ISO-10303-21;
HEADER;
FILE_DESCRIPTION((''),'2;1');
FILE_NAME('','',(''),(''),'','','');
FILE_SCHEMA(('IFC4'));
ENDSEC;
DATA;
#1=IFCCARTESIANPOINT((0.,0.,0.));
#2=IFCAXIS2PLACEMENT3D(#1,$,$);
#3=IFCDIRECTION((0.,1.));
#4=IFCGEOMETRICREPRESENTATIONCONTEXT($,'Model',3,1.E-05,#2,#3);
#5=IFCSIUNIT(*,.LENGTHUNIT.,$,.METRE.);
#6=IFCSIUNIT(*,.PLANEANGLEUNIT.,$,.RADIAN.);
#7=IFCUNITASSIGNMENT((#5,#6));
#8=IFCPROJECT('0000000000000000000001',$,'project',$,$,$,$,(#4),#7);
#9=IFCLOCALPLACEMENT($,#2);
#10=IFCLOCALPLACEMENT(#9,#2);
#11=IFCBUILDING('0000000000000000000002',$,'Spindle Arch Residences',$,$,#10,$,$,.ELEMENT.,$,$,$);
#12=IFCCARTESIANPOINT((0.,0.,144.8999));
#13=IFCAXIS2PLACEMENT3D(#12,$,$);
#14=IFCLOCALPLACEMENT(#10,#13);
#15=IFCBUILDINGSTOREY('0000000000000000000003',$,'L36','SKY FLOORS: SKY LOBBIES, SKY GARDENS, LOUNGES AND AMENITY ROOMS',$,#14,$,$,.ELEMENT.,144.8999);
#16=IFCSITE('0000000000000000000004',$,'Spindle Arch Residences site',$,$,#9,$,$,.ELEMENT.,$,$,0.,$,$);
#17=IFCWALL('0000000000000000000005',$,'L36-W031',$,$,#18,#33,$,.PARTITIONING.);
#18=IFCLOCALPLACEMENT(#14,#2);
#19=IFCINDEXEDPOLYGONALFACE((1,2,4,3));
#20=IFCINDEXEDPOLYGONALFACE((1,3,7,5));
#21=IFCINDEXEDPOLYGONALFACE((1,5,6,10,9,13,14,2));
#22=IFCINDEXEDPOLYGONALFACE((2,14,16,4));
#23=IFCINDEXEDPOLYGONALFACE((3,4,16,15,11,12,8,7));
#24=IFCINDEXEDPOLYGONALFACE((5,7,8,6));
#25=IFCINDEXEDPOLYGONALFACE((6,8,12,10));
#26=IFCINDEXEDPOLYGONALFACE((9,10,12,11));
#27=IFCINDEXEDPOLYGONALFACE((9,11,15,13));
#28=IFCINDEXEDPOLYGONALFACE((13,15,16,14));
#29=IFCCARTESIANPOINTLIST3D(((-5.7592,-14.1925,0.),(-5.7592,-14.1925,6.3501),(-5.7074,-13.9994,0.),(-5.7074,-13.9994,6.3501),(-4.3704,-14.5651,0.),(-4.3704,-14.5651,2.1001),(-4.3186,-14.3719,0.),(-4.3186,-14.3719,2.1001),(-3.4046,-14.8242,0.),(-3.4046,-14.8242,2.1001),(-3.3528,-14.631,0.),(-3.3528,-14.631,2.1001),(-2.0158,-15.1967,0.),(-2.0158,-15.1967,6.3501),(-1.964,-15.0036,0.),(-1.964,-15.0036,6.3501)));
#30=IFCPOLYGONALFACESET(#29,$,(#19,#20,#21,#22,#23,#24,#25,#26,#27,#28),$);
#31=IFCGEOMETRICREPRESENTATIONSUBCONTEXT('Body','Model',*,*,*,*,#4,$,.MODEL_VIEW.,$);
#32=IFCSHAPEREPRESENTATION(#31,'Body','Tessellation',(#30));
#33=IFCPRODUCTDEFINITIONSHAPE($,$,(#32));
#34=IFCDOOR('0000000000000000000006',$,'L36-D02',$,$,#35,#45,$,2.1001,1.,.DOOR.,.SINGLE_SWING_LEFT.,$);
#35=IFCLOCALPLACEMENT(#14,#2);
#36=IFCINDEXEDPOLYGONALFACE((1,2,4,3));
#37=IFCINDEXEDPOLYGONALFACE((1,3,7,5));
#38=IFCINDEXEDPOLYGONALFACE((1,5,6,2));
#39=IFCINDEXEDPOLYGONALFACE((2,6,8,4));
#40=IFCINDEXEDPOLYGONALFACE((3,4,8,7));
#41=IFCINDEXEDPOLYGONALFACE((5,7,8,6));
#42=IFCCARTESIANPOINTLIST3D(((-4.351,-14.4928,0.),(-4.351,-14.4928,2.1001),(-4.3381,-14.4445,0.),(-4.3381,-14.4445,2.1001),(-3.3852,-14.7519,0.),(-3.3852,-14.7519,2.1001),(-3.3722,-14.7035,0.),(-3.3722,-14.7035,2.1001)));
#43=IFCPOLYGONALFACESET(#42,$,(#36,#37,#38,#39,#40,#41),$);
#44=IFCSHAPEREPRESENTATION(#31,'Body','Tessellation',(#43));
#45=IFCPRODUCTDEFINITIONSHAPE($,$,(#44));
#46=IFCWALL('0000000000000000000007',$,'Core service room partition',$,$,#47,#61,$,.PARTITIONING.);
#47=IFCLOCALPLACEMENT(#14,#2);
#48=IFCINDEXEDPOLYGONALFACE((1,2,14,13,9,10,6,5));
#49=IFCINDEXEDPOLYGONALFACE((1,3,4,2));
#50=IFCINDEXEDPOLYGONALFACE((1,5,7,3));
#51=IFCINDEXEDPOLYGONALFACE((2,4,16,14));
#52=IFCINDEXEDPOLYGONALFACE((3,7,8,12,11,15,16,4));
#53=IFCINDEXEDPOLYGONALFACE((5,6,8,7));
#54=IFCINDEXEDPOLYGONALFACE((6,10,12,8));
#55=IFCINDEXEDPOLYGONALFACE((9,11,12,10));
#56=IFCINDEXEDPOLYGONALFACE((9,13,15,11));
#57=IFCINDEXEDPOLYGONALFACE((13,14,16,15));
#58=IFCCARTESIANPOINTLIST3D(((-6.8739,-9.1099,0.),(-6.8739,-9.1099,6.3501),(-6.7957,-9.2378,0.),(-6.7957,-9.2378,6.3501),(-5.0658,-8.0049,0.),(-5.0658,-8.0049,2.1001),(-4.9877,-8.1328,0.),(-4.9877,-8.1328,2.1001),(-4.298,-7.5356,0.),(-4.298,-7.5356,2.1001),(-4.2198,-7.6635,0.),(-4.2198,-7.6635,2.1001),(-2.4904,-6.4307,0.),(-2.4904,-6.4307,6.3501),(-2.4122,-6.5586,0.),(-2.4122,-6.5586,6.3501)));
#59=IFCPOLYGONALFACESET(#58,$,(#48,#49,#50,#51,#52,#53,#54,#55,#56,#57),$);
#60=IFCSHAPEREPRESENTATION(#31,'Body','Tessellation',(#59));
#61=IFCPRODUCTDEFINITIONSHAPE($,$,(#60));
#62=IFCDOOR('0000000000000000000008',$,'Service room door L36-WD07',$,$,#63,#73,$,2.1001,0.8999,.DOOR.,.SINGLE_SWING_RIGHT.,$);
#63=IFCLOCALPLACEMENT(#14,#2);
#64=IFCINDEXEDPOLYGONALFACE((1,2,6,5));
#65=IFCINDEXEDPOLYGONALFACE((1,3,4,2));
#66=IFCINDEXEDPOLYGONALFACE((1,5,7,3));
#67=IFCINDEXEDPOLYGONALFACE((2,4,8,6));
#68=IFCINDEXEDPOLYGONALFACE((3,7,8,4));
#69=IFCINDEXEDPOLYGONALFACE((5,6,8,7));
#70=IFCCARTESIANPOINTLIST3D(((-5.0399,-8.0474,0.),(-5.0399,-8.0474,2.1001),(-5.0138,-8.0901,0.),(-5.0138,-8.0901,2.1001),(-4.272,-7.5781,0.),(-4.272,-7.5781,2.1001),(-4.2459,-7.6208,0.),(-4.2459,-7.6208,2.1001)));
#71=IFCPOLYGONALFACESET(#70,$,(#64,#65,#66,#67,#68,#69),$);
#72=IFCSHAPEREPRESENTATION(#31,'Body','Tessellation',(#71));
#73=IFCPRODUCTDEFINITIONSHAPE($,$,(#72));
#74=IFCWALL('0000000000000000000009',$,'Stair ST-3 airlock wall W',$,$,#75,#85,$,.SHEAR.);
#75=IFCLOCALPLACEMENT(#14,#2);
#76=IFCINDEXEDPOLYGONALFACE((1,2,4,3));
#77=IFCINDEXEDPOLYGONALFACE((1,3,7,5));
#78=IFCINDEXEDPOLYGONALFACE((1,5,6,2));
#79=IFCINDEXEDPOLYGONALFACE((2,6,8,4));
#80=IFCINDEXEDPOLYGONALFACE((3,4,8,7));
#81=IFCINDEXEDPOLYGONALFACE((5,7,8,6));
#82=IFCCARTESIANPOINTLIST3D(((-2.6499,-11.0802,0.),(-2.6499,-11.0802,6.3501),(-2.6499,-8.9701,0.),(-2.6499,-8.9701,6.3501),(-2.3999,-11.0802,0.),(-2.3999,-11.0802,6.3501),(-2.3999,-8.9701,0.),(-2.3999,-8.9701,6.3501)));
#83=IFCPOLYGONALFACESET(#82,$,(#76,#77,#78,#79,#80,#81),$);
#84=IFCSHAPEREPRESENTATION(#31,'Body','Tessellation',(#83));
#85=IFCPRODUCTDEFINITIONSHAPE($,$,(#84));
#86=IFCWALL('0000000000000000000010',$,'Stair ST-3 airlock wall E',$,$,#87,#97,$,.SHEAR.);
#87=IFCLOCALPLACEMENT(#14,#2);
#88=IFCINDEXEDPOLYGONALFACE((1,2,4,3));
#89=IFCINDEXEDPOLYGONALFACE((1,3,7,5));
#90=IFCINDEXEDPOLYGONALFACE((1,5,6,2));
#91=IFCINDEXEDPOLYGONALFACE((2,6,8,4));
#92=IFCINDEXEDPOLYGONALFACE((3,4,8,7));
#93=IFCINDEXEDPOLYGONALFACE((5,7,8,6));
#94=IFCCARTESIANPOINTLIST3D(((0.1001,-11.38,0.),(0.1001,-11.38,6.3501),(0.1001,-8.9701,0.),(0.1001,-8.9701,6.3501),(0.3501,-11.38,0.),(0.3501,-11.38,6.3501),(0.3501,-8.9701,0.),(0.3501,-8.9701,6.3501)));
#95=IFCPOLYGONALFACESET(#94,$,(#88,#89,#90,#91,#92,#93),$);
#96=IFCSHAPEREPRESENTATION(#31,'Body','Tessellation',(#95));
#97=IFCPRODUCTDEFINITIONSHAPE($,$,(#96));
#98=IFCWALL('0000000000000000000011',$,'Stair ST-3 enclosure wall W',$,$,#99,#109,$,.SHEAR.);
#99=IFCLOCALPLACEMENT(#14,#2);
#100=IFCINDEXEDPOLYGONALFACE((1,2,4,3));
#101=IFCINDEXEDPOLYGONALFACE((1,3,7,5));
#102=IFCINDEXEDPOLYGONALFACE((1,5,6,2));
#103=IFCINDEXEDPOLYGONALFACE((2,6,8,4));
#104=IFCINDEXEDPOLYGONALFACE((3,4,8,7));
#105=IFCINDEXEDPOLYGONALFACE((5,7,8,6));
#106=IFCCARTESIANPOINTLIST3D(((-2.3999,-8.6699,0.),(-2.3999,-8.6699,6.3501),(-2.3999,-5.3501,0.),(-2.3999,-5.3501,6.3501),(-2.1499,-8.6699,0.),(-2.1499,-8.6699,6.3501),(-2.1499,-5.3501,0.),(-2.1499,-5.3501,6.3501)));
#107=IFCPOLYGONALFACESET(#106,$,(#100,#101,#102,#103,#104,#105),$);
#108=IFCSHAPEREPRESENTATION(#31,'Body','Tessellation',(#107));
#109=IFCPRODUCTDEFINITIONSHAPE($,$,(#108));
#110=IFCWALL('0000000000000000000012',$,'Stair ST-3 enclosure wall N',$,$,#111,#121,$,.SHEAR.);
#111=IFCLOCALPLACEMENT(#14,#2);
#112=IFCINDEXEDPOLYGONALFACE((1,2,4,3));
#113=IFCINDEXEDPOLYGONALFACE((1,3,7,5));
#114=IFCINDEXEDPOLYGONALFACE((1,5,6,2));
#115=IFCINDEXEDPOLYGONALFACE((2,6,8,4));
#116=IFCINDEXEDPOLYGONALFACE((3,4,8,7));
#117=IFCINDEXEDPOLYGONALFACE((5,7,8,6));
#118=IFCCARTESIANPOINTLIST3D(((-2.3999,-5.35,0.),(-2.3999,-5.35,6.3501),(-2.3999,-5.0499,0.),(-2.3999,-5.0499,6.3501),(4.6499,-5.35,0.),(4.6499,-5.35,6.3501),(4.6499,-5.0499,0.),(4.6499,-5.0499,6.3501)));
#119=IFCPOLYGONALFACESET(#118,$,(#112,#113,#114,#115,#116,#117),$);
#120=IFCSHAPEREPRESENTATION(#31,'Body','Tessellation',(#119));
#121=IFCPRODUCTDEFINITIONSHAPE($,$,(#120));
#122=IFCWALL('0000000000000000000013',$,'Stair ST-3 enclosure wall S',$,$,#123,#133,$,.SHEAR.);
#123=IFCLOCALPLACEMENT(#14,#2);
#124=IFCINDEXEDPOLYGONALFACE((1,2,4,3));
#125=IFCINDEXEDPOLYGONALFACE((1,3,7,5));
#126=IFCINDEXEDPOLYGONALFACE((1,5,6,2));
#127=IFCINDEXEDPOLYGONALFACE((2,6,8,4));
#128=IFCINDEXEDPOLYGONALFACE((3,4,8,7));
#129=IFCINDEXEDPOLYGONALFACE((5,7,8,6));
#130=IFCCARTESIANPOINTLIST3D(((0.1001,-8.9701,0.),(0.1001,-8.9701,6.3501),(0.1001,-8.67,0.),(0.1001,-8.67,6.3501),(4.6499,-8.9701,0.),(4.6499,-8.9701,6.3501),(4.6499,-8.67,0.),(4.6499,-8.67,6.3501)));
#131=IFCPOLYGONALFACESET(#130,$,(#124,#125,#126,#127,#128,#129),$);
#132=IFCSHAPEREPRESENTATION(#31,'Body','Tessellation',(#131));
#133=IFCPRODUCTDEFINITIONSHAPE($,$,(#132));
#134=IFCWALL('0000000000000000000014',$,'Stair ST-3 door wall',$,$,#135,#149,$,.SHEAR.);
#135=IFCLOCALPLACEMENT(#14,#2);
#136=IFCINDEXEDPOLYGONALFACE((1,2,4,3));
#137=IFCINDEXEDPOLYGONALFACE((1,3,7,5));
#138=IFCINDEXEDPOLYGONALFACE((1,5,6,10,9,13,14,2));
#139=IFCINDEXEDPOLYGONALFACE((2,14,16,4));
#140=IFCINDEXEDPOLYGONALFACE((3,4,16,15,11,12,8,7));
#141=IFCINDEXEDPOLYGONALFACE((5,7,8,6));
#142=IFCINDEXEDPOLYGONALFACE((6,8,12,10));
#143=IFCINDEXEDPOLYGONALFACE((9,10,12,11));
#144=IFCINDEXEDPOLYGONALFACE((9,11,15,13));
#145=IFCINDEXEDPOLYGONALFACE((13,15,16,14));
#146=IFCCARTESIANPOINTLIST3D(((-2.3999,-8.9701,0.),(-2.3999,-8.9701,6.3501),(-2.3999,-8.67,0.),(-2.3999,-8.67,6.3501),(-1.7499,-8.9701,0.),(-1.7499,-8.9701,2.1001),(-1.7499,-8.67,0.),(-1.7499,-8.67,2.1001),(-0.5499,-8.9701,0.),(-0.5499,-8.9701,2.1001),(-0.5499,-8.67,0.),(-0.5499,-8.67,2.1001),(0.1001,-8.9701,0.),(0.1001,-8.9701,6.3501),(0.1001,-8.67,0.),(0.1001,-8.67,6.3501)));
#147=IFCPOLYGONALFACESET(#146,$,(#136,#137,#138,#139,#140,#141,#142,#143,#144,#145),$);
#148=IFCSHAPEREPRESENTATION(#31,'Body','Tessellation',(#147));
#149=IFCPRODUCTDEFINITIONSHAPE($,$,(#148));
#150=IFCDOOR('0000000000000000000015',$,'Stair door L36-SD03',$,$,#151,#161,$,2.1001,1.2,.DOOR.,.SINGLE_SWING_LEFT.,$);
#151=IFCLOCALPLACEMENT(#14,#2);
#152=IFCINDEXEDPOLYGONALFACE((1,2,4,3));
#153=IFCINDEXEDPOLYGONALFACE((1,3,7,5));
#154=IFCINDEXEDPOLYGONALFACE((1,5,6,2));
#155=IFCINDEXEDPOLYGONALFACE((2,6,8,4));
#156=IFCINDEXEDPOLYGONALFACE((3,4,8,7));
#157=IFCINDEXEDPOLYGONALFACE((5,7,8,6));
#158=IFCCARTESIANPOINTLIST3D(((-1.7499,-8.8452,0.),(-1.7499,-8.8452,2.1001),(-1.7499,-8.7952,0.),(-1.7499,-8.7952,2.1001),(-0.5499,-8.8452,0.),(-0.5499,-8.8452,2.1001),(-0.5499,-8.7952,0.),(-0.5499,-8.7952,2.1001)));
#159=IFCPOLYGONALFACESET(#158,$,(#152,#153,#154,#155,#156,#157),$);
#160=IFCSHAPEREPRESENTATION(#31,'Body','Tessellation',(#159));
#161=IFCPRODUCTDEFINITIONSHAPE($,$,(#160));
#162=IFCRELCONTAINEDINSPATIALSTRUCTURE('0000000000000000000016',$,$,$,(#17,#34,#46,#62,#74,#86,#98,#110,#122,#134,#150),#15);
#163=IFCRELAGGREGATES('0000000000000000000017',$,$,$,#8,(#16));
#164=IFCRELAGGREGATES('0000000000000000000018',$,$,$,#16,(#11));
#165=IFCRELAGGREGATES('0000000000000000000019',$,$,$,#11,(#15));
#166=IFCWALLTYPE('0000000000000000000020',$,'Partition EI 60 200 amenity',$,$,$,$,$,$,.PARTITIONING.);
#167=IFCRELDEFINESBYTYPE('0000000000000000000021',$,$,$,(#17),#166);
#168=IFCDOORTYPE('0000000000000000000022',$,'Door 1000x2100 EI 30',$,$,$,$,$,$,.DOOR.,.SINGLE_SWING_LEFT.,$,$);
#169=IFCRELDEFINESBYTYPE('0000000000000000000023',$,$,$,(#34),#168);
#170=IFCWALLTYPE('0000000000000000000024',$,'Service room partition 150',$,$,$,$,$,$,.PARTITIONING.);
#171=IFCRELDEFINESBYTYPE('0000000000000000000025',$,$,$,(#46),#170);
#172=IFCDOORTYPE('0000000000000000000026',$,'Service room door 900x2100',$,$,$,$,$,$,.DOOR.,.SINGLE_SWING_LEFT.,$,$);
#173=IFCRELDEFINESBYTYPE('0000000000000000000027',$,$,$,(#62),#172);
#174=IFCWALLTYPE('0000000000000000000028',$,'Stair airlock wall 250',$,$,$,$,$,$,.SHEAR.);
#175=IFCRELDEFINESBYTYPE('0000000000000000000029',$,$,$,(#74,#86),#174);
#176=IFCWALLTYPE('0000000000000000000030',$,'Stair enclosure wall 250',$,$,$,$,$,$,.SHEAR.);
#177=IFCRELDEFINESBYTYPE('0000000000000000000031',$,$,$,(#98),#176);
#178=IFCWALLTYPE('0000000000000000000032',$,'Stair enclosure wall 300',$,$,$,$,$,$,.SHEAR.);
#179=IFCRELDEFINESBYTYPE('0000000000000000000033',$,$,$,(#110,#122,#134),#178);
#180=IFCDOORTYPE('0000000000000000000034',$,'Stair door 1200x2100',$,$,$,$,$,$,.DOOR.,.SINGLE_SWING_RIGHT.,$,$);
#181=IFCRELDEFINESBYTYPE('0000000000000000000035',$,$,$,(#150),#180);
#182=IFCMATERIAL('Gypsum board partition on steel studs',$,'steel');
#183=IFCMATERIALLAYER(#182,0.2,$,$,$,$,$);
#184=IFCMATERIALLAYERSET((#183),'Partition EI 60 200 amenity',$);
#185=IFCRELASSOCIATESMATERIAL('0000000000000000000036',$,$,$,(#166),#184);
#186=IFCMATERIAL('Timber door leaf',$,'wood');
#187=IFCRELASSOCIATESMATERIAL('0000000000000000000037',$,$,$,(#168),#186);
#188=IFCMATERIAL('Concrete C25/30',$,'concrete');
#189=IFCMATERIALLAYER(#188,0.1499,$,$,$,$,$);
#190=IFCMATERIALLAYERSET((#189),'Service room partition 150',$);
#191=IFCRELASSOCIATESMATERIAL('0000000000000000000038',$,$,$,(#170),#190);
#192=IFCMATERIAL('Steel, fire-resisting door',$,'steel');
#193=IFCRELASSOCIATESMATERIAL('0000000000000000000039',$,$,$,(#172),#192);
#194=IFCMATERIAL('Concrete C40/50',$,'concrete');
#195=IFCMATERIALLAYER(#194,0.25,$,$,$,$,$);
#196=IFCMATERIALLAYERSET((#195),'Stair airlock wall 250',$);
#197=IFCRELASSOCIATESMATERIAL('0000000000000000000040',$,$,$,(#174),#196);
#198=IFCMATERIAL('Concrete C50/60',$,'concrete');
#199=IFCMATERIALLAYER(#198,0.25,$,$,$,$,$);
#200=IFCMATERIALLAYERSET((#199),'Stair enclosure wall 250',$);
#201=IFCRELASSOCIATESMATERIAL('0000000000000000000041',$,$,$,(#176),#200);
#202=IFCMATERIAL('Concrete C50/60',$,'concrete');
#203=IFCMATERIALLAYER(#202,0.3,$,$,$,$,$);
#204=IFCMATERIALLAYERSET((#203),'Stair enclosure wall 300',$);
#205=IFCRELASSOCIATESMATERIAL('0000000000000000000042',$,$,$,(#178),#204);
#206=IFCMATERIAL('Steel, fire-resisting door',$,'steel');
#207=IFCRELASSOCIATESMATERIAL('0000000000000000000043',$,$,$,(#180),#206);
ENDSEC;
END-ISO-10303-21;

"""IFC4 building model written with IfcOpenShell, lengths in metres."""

from ifc_helpers import new_model, si_unit, direction, frame, frame_2d, origin, place, context, subcontext, project, spatial, rectangle, extrude, material, layer, layer_set, type_object, element, fill, save


model = new_model("IFC4")

# Units and contexts
model_context = context("Model", 3, precision=1e-05, world=origin(), true_north=direction((0.0, 1.0)))
body_context = subcontext(model_context, "Body", "Model", "MODEL_VIEW")
ifc_project = project(units=[si_unit("LENGTHUNIT", "METRE"), si_unit("PLANEANGLEUNIT", "RADIAN")], contexts=[model_context])

# Site, building, storey
site_placement = place(None, origin())
site = spatial("IfcSite", under=ifc_project, at=site_placement, Name="Spindle Arch Residences site", CompositionType="ELEMENT", RefElevation=0.0)
building_placement = place(site_placement, origin())
building = spatial("IfcBuilding", under=site, at=building_placement, Name="Spindle Arch Residences", CompositionType="ELEMENT")
storey_placement = place(building_placement, frame((0.0, 0.0, 144.8999)))
storey = spatial("IfcBuildingStorey", under=building, at=storey_placement, Name="L36", Description="SKY FLOORS: SKY LOBBIES, SKY GARDENS, LOUNGES AND AMENITY ROOMS", CompositionType="ELEMENT", Elevation=144.8999)

# Shared definitions
ifc_material_1 = material(Name="Gypsum board partition on steel studs", Category="steel")
ifc_layer_1 = layer(ifc_material_1, 0.2)
ifc_layer_set_1 = layer_set([ifc_layer_1], Name="Partition EI 60 200 amenity")
wall_type_1 = type_object("IfcWallType", Name="Partition EI 60 200 amenity", PredefinedType="PARTITIONING", material=ifc_layer_set_1)

# Walls, openings, doors
wall_1_placement = place(storey_placement, frame((-5.7334, -14.0959, 0.0), z_axis=(0.0, 0.0, 1.0), x_axis=(0.965854, -0.259086, 0.0)))
wall_1 = element("IfcWall", 1, at=wall_1_placement, inside=storey, type_object=wall_type_1, Name="L36-W031", PredefinedType="PARTITIONING", context=body_context, shape_type="SweptSolid", body=[
    extrude(rectangle(XDim=3.8757, YDim=0.2, at=frame_2d((1.938, 0.0))), origin(), (0.0, 0.0, 1.0), 6.3501),
])
opening_1_placement = place(wall_1_placement, frame((1.438, 0.0, 0.0)))
opening_1 = element("IfcOpeningElement", 2, at=opening_1_placement, cuts=wall_1, PredefinedType="OPENING", context=body_context, shape_type="SweptSolid", body=[
    extrude(rectangle(XDim=1.0, YDim=2.1001, at=frame_2d((0.5, 1.05))), frame((0.0, 0.1099, 0.0), z_axis=(0.0, -1.0, 0.0), x_axis=(1.0, 0.0, 0.0)), (0.0, 0.0, 1.0), 0.22),
])
ifc_material_2 = material(Name="Timber door leaf", Category="wood")
door_type_1 = type_object("IfcDoorType", Name="Door 1000x2100 EI 30", OperationType="SINGLE_SWING_LEFT", PredefinedType="DOOR", material=ifc_material_2)
door_1_placement = place(opening_1_placement, origin())
door_1 = element("IfcDoor", 3, at=door_1_placement, inside=storey, type_object=door_type_1, Name="L36-D02", OperationType="SINGLE_SWING_LEFT", OverallHeight=2.1001, OverallWidth=1.0, PredefinedType="DOOR", context=body_context, shape_type="SweptSolid", body=[
    extrude(rectangle(XDim=1.0, YDim=2.1001, at=frame_2d((0.5, 1.05))), frame((0.0, 0.0249, 0.0), z_axis=(0.0, -1.0, 0.0), x_axis=(1.0, 0.0, 0.0)), (0.0, 0.0, 1.0), 0.05),
])
fill(opening_1, door_1)
ifc_material_3 = material(Name="Concrete C25/30", Category="concrete")
ifc_layer_2 = layer(ifc_material_3, 0.1499)
ifc_layer_set_2 = layer_set([ifc_layer_2], Name="Service room partition 150")
wall_type_2 = type_object("IfcWallType", Name="Service room partition 150", PredefinedType="PARTITIONING", material=ifc_layer_set_2)
wall_2_placement = place(storey_placement, frame((-2.4512, -6.4946, 0.0), z_axis=(0.0, 0.0, 1.0), x_axis=(-0.85325, -0.521502, 0.0)))
wall_2 = element("IfcWall", 4, at=wall_2_placement, inside=storey, type_object=wall_type_2, Name="Core service room partition", PredefinedType="PARTITIONING", context=body_context, shape_type="SweptSolid", body=[
    extrude(rectangle(XDim=5.1375, YDim=0.1499, at=frame_2d((2.5688, 0.0))), origin(), (0.0, 0.0, 1.0), 6.3501),
])
opening_2_placement = place(wall_2_placement, frame((2.1187, 0.0, 0.0)))
opening_2 = element("IfcOpeningElement", 5, at=opening_2_placement, cuts=wall_2, PredefinedType="OPENING", context=body_context, shape_type="SweptSolid", body=[
    extrude(rectangle(XDim=0.8999, YDim=2.1001, at=frame_2d((0.45, 1.05))), frame((0.0, 0.085, 0.0), z_axis=(0.0, -1.0, 0.0), x_axis=(1.0, 0.0, 0.0)), (0.0, 0.0, 1.0), 0.1699),
])
ifc_material_4 = material(Name="Steel, fire-resisting door", Category="steel")
door_type_2 = type_object("IfcDoorType", Name="Service room door 900x2100", OperationType="SINGLE_SWING_LEFT", PredefinedType="DOOR", material=ifc_material_4)
door_2_placement = place(opening_2_placement, origin())
door_2 = element("IfcDoor", 6, at=door_2_placement, inside=storey, type_object=door_type_2, Name="Service room door L36-WD07", OperationType="SINGLE_SWING_RIGHT", OverallHeight=2.1001, OverallWidth=0.8999, PredefinedType="DOOR", context=body_context, shape_type="SweptSolid", body=[
    extrude(rectangle(XDim=0.8999, YDim=2.1001, at=frame_2d((0.45, 1.05))), frame((0.0, 0.0249, 0.0), z_axis=(0.0, -1.0, 0.0), x_axis=(1.0, 0.0, 0.0)), (0.0, 0.0, 1.0), 0.05),
])
fill(opening_2, door_2)

# Walls
ifc_material_5 = material(Name="Concrete C40/50", Category="concrete")
ifc_layer_3 = layer(ifc_material_5, 0.25)
ifc_layer_set_3 = layer_set([ifc_layer_3], Name="Stair airlock wall 250")
wall_type_3 = type_object("IfcWallType", Name="Stair airlock wall 250", PredefinedType="SHEAR", material=ifc_layer_set_3)
wall_3_placement = place(storey_placement, frame((-2.5249, -8.97, 0.0), z_axis=(0.0, 0.0, 1.0), x_axis=(0.0, -1.0, 0.0)))
element("IfcWall", 7, at=wall_3_placement, inside=storey, type_object=wall_type_3, Name="Stair ST-3 airlock wall W", PredefinedType="SHEAR", context=body_context, shape_type="SweptSolid", body=[
    extrude(rectangle(XDim=2.1101, YDim=0.25, at=frame_2d((1.0552, 0.0))), origin(), (0.0, 0.0, 1.0), 6.3501),
])
wall_4_placement = place(storey_placement, frame((0.2251, -8.97, 0.0), z_axis=(0.0, 0.0, 1.0), x_axis=(0.0, -1.0, 0.0)))
element("IfcWall", 8, at=wall_4_placement, inside=storey, type_object=wall_type_3, Name="Stair ST-3 airlock wall E", PredefinedType="SHEAR", context=body_context, shape_type="SweptSolid", body=[
    extrude(rectangle(XDim=2.4099, YDim=0.25, at=frame_2d((1.2051, 0.0))), origin(), (0.0, 0.0, 1.0), 6.3501),
])
ifc_material_6 = material(Name="Concrete C50/60", Category="concrete")
ifc_layer_4 = layer(ifc_material_6, 0.25)
ifc_layer_set_4 = layer_set([ifc_layer_4], Name="Stair enclosure wall 250")
wall_type_4 = type_object("IfcWallType", Name="Stair enclosure wall 250", PredefinedType="SHEAR", material=ifc_layer_set_4)
wall_5_placement = place(storey_placement, frame((-2.2749, -8.6699, 0.0), z_axis=(0.0, 0.0, 1.0), x_axis=(0.0, 1.0, 0.0)))
element("IfcWall", 9, at=wall_5_placement, inside=storey, type_object=wall_type_4, Name="Stair ST-3 enclosure wall W", PredefinedType="SHEAR", context=body_context, shape_type="SweptSolid", body=[
    extrude(rectangle(XDim=3.3198, YDim=0.25, at=frame_2d((1.6599, 0.0))), origin(), (0.0, 0.0, 1.0), 6.3501),
])
ifc_material_7 = material(Name="Concrete C50/60", Category="concrete")
ifc_layer_5 = layer(ifc_material_7, 0.3)
ifc_layer_set_5 = layer_set([ifc_layer_5], Name="Stair enclosure wall 300")
wall_type_5 = type_object("IfcWallType", Name="Stair enclosure wall 300", PredefinedType="SHEAR", material=ifc_layer_set_5)
wall_6_placement = place(storey_placement, frame((-2.3999, -5.2, 0.0), z_axis=(0.0, 0.0, 1.0), x_axis=(1.0, 0.0, 0.0)))
element("IfcWall", 10, at=wall_6_placement, inside=storey, type_object=wall_type_5, Name="Stair ST-3 enclosure wall N", PredefinedType="SHEAR", context=body_context, shape_type="SweptSolid", body=[
    extrude(rectangle(XDim=7.0498, YDim=0.3, at=frame_2d((3.5249, 0.0))), origin(), (0.0, 0.0, 1.0), 6.3501),
])
wall_7_placement = place(storey_placement, frame((0.1001, -8.8201, 0.0), z_axis=(0.0, 0.0, 1.0), x_axis=(1.0, 0.0, 0.0)))
element("IfcWall", 11, at=wall_7_placement, inside=storey, type_object=wall_type_5, Name="Stair ST-3 enclosure wall S", PredefinedType="SHEAR", context=body_context, shape_type="SweptSolid", body=[
    extrude(rectangle(XDim=4.5498, YDim=0.3, at=frame_2d((2.2749, 0.0))), origin(), (0.0, 0.0, 1.0), 6.3501),
])

# Wall, opening, door
wall_8_placement = place(storey_placement, frame((-2.3999, -8.8201, 0.0), z_axis=(0.0, 0.0, 1.0), x_axis=(1.0, 0.0, 0.0)))
wall_8 = element("IfcWall", 12, at=wall_8_placement, inside=storey, type_object=wall_type_5, Name="Stair ST-3 door wall", PredefinedType="SHEAR", context=body_context, shape_type="SweptSolid", body=[
    extrude(rectangle(XDim=2.5, YDim=0.3, at=frame_2d((1.25, 0.0))), origin(), (0.0, 0.0, 1.0), 6.3501),
])
opening_3_placement = place(wall_8_placement, frame((0.6499, 0.0, 0.0)))
opening_3 = element("IfcOpeningElement", 13, at=opening_3_placement, cuts=wall_8, PredefinedType="OPENING", context=body_context, shape_type="SweptSolid", body=[
    extrude(rectangle(XDim=1.2, YDim=2.1001, at=frame_2d((0.6001, 1.05))), frame((0.0, 0.1602, 0.0), z_axis=(0.0, -1.0, 0.0), x_axis=(1.0, 0.0, 0.0)), (0.0, 0.0, 1.0), 0.3201),
])
ifc_material_8 = material(Name="Steel, fire-resisting door", Category="steel")
door_type_3 = type_object("IfcDoorType", Name="Stair door 1200x2100", OperationType="SINGLE_SWING_RIGHT", PredefinedType="DOOR", material=ifc_material_8)
door_3_placement = place(opening_3_placement, origin())
door_3 = element("IfcDoor", 14, at=door_3_placement, inside=storey, type_object=door_type_3, Name="Stair door L36-SD03", OperationType="SINGLE_SWING_LEFT", OverallHeight=2.1001, OverallWidth=1.2, PredefinedType="DOOR", context=body_context, shape_type="SweptSolid", body=[
    extrude(rectangle(XDim=1.2, YDim=2.1001, at=frame_2d((0.6001, 1.05))), frame((0.0, 0.0249, 0.0), z_axis=(0.0, -1.0, 0.0), x_axis=(1.0, 0.0, 0.0)), (0.0, 0.0, 1.0), 0.05),
])
fill(opening_3, door_3)

save(model, "model.ifc")
